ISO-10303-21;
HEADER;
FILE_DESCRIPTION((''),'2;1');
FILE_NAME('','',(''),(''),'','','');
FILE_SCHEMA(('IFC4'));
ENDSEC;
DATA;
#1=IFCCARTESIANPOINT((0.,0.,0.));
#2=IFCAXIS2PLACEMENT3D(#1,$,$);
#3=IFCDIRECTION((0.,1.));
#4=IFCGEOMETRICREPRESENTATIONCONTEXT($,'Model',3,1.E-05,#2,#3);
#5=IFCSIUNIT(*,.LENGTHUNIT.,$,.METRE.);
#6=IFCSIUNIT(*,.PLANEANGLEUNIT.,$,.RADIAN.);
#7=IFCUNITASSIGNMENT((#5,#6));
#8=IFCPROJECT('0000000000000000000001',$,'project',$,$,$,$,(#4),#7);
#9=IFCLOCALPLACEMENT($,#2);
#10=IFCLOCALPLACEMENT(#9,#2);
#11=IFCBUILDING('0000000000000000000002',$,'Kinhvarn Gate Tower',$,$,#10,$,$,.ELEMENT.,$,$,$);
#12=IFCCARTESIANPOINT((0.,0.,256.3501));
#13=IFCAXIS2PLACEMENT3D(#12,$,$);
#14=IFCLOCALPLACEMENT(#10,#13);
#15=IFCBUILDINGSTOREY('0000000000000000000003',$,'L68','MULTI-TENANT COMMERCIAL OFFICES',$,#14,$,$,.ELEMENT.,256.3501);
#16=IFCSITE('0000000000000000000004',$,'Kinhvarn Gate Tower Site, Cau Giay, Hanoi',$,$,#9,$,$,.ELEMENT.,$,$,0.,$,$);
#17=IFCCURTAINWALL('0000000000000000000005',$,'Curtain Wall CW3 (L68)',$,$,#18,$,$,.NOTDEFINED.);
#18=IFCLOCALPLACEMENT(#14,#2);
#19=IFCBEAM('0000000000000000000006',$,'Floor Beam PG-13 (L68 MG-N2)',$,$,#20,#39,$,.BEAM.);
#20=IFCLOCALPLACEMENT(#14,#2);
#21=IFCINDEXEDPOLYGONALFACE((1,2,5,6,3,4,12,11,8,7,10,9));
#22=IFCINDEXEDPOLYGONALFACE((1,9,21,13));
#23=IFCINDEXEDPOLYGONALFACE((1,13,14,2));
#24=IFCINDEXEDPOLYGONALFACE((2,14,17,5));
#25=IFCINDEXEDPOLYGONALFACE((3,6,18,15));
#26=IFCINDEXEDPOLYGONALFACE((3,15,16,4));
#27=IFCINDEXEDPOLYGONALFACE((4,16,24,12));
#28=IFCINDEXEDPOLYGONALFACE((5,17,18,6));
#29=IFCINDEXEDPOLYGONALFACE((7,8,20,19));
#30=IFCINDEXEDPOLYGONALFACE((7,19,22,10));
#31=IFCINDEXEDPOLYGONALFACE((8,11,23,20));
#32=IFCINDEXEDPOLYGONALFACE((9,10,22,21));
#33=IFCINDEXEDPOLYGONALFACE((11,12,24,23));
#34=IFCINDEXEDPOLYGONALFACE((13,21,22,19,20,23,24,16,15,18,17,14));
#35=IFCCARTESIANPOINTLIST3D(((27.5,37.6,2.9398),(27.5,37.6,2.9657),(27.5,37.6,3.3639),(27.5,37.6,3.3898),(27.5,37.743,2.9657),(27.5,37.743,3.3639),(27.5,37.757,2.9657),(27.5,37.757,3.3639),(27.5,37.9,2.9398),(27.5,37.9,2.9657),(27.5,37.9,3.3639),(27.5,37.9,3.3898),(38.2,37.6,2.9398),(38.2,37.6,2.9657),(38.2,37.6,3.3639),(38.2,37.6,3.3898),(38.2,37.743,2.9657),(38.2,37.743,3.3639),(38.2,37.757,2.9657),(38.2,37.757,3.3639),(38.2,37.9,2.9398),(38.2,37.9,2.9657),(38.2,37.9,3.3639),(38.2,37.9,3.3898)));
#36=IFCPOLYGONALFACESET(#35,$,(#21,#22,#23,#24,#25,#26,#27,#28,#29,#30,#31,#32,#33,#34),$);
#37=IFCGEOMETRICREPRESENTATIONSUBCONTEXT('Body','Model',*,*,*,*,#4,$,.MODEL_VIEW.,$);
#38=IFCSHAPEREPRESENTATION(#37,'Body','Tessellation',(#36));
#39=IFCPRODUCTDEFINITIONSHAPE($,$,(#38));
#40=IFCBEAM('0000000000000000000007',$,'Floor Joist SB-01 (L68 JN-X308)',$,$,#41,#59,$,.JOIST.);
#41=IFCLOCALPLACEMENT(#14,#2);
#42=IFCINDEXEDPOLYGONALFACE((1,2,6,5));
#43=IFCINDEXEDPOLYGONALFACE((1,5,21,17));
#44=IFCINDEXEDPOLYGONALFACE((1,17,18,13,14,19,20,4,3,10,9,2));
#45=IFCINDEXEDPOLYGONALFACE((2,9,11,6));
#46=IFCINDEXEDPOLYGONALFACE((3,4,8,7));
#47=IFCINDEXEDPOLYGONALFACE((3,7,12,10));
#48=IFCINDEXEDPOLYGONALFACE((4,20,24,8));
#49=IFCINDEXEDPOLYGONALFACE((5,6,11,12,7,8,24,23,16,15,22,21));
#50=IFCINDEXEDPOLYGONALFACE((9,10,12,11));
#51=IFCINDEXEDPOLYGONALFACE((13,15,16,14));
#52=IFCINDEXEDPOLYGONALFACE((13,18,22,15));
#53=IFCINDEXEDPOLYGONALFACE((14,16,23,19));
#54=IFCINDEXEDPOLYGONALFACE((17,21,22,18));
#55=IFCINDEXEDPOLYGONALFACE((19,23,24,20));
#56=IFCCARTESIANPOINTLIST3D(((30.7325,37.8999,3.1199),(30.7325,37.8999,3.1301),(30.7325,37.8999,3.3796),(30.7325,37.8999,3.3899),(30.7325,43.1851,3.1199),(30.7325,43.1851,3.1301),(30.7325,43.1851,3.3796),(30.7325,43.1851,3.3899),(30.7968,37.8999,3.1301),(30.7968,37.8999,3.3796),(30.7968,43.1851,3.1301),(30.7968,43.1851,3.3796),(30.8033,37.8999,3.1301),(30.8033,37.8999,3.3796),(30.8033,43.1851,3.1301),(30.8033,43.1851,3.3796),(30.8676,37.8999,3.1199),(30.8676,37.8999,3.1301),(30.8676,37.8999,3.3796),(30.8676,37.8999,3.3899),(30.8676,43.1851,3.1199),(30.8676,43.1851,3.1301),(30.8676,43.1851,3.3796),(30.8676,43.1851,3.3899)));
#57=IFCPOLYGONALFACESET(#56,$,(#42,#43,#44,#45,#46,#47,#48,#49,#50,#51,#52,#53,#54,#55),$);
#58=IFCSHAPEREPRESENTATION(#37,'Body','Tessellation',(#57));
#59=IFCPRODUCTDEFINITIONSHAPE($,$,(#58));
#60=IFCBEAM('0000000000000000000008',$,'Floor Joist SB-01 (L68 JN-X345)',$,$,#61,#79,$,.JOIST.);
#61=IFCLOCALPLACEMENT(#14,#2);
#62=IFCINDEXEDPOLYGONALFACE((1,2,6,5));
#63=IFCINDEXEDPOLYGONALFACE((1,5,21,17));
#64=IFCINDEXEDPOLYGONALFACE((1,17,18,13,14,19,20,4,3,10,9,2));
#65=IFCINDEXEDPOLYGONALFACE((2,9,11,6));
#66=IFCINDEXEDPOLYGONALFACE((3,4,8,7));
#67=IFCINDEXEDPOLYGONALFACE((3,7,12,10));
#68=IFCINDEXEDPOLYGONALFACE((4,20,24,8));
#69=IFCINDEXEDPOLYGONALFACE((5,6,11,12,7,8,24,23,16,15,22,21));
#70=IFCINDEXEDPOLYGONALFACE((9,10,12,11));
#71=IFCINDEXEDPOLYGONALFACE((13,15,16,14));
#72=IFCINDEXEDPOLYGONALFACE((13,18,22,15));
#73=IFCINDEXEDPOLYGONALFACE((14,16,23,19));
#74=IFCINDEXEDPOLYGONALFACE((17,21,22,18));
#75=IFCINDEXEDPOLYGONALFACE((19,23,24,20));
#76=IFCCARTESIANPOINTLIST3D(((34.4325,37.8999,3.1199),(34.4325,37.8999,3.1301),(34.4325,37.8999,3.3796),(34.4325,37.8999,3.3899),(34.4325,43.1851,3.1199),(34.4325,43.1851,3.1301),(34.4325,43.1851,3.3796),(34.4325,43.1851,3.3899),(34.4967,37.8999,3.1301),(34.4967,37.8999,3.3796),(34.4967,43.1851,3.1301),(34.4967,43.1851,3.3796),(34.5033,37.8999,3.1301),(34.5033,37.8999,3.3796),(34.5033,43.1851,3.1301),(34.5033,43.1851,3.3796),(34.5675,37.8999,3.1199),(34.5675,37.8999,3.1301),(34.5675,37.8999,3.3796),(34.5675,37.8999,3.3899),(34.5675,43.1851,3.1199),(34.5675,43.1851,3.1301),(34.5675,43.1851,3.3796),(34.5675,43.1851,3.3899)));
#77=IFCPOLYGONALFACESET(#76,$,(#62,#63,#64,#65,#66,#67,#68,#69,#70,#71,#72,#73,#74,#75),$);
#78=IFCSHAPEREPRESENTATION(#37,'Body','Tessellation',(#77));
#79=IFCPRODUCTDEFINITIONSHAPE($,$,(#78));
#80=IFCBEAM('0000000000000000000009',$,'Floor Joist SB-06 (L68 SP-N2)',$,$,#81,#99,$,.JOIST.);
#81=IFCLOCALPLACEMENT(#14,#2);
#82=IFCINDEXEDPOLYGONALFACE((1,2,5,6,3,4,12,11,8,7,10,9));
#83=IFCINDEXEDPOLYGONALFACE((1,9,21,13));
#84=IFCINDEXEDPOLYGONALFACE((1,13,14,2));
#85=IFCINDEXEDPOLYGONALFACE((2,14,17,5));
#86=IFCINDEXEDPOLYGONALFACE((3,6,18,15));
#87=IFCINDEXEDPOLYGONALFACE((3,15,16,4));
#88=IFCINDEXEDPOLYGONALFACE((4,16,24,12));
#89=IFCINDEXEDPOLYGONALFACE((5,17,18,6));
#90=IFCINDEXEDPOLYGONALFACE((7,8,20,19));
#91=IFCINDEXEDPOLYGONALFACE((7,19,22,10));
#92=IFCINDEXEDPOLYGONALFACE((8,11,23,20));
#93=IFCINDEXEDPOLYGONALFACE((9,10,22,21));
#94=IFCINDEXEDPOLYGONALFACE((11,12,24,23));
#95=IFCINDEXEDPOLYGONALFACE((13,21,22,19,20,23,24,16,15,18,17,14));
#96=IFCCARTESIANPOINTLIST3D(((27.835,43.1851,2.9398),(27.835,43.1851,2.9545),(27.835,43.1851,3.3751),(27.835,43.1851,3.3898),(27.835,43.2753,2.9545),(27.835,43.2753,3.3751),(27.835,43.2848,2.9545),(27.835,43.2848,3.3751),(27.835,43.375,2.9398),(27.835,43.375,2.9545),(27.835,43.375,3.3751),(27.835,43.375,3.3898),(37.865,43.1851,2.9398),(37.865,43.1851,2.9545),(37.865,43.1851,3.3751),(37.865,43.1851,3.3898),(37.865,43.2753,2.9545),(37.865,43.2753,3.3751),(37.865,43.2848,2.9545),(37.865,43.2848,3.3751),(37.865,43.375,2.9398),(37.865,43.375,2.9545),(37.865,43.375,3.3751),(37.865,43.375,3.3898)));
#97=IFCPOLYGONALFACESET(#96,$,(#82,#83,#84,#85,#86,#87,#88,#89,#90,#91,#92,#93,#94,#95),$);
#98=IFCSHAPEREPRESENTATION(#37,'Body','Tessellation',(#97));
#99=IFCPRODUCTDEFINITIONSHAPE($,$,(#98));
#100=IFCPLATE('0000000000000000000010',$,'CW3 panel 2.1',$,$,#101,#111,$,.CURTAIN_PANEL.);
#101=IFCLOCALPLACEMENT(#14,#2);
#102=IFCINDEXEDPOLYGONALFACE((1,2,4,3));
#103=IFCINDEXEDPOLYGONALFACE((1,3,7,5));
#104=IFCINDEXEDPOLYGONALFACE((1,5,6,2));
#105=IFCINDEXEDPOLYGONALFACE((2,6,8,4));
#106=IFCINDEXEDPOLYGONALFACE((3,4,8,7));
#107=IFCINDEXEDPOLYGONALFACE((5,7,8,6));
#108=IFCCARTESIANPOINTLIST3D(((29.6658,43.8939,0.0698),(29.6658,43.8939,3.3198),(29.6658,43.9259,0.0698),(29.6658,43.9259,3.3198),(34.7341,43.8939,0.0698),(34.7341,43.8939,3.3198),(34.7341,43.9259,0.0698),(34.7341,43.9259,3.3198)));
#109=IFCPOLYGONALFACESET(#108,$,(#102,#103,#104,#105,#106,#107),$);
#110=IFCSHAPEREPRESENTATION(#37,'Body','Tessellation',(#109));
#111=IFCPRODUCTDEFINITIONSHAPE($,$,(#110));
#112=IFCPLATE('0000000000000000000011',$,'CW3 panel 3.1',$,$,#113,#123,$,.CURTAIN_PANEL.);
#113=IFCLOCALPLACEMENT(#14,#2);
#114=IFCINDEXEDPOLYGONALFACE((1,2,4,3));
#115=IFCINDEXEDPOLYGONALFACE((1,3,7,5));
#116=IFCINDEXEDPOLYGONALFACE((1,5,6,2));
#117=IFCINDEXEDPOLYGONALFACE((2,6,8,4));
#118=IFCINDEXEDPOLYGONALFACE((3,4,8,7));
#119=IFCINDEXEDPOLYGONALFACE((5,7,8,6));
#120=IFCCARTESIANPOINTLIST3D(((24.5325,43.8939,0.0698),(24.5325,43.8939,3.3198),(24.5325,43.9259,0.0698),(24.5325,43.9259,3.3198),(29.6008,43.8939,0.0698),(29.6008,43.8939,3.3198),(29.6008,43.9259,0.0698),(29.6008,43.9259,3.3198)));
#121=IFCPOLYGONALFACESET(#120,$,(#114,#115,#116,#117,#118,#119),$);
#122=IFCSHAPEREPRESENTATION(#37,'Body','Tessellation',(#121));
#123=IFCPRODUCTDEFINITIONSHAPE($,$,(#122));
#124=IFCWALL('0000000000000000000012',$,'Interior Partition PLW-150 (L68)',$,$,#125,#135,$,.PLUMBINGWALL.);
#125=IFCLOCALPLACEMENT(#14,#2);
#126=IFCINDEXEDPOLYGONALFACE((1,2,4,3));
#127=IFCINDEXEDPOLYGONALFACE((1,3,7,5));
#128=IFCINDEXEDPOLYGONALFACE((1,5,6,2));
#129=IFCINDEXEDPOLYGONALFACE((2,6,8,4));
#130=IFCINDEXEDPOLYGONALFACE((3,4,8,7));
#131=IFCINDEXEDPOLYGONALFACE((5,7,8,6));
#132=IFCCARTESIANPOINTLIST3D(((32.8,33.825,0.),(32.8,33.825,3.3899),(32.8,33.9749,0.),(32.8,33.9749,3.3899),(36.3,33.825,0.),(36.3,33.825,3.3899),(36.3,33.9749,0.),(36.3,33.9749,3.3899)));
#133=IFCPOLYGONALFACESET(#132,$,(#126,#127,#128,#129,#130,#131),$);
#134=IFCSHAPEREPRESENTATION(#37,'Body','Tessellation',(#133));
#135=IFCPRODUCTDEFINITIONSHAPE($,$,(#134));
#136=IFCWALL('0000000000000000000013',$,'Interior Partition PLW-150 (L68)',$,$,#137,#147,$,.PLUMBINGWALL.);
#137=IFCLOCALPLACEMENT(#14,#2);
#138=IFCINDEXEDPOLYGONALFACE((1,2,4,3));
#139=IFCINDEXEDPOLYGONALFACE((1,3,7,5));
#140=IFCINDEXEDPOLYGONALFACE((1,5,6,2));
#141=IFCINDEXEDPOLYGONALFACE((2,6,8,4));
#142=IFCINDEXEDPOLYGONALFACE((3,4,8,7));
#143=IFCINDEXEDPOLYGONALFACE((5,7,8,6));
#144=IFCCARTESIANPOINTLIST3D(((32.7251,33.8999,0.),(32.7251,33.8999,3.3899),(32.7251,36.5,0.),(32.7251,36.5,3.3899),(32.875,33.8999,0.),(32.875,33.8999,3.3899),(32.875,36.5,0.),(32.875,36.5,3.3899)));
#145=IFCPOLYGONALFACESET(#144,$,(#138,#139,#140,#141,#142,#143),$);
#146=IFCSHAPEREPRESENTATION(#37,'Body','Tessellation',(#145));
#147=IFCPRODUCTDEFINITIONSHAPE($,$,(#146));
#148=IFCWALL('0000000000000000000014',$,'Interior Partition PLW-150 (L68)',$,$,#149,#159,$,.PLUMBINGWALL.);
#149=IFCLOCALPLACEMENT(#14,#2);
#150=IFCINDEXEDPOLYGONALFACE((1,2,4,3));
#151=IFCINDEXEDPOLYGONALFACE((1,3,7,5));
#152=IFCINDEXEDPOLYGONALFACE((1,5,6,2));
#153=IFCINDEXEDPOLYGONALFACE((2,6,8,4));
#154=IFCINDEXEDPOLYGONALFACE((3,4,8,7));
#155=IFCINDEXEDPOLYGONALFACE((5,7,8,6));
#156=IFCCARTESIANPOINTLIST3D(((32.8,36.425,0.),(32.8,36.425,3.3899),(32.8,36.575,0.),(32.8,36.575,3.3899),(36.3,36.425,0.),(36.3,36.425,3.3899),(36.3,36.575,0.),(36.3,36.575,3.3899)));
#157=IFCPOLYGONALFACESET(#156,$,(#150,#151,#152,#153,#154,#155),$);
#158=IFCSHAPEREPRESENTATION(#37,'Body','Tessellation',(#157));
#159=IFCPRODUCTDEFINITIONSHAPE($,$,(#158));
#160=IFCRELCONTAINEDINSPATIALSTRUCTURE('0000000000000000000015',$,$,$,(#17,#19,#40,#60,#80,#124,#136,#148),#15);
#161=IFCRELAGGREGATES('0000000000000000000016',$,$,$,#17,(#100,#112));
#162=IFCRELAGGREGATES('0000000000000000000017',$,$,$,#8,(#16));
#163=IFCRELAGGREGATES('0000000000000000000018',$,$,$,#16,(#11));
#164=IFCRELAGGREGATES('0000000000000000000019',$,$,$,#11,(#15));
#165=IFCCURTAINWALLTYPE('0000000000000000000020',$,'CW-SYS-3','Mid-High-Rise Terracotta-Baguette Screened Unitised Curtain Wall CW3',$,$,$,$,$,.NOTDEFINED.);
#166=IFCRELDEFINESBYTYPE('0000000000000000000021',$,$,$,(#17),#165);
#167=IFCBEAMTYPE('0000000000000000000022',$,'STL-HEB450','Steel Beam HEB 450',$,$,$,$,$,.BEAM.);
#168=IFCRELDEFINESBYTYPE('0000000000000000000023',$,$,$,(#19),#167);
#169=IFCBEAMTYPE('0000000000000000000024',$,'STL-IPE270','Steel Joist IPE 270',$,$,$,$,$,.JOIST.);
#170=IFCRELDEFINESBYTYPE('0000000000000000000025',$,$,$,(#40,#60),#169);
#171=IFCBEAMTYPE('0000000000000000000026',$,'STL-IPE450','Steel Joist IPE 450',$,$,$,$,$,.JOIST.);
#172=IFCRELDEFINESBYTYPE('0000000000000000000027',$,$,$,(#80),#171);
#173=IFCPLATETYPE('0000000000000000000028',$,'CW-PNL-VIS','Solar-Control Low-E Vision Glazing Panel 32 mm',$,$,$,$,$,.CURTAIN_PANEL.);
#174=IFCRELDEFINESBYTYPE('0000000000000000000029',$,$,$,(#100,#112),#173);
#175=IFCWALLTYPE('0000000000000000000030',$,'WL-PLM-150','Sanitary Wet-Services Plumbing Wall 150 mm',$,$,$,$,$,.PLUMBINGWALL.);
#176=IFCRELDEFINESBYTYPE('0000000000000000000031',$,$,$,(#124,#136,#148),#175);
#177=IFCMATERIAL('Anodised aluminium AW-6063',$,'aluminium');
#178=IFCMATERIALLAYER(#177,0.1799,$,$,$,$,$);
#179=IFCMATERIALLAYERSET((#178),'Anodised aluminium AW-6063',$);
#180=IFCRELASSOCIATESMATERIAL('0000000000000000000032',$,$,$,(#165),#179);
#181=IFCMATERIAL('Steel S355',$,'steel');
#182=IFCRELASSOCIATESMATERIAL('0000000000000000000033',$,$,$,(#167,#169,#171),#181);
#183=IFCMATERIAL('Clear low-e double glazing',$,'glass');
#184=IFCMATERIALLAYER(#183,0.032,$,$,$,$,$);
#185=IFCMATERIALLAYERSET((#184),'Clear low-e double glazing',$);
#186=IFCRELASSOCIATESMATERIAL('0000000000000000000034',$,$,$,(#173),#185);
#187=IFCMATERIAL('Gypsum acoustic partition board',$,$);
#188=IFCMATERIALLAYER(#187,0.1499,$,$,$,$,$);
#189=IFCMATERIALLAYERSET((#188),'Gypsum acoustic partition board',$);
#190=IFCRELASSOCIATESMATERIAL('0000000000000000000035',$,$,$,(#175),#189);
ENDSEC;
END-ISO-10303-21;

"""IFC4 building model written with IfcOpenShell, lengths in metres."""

from ifc_helpers import new_model, si_unit, direction, frame, frame_2d, origin, origin_2d, place, context, subcontext, project, spatial, rectangle, i_section, extrude, material, layer, layer_set, material_profile, profile_set, type_object, element, aggregate, save


model = new_model("IFC4")

# Units and contexts
model_context = context("Model", 3, precision=1e-05, world=origin(), true_north=direction((0.0, 1.0)))
body_context = subcontext(model_context, "Body", "Model", "MODEL_VIEW")
ifc_project = project(units=[si_unit("LENGTHUNIT", "METRE"), si_unit("PLANEANGLEUNIT", "RADIAN")], contexts=[model_context])

# Site, building, storey
site_placement = place(None, origin())
site = spatial("IfcSite", under=ifc_project, at=site_placement, Name="Kinhvarn Gate Tower Site, Cau Giay, Hanoi", CompositionType="ELEMENT", RefElevation=0.0)
building_placement = place(site_placement, origin())
building = spatial("IfcBuilding", under=site, at=building_placement, Name="Kinhvarn Gate Tower", CompositionType="ELEMENT")
storey_placement = place(building_placement, frame((0.0, 0.0, 256.3501)))
storey = spatial("IfcBuildingStorey", under=building, at=storey_placement, Name="L68", Description="MULTI-TENANT COMMERCIAL OFFICES", CompositionType="ELEMENT", Elevation=256.3501)

# Curtain wall
ifc_material_1 = material(Name="Anodised aluminium AW-6063", Category="aluminium")
ifc_layer_1 = layer(ifc_material_1, 0.1799)
ifc_layer_set_1 = layer_set([ifc_layer_1], Name="Anodised aluminium AW-6063")
curtain_wall_type = type_object("IfcCurtainWallType", Name="CW-SYS-3", Description="Mid-High-Rise Terracotta-Baguette Screened Unitised Curtain Wall CW3", PredefinedType="NOTDEFINED", material=ifc_layer_set_1)
curtain_wall_placement = place(storey_placement, origin())
curtain_wall = element("IfcCurtainWall", 1, at=curtain_wall_placement, inside=storey, type_object=curtain_wall_type, Name="Curtain Wall CW3 (L68)", PredefinedType="NOTDEFINED")

# Beams
ifc_material_2 = material(Name="Steel S355", Category="steel")
ifc_material_profile_1 = material_profile(ifc_material_2, i_section(OverallWidth=0.3, OverallDepth=0.45, WebThickness=0.0139, FlangeThickness=0.0259, at=origin_2d()), Name="HEB 450")
ifc_profile_set_1 = profile_set([ifc_material_profile_1], Name="Steel S355")
beam_type_1 = type_object("IfcBeamType", Name="STL-HEB450", Description="Steel Beam HEB 450", PredefinedType="BEAM", material=ifc_profile_set_1)
beam_1_placement = place(storey_placement, frame((27.5, 37.75, 3.1648), z_axis=(1.0, 0.0, 0.0), x_axis=(0.0, 1.0, 0.0)))
element("IfcBeam", 2, at=beam_1_placement, inside=storey, type_object=beam_type_1, Name="Floor Beam PG-13 (L68 MG-N2)", PredefinedType="BEAM", context=body_context, shape_type="SweptSolid", body=[
    extrude(i_section(OverallWidth=0.3, OverallDepth=0.45, WebThickness=0.0139, FlangeThickness=0.0259, at=origin_2d()), origin(), (0.0, 0.0, 1.0), 10.7),
])
ifc_material_profile_2 = material_profile(ifc_material_2, i_section(OverallWidth=0.135, OverallDepth=0.27, WebThickness=0.0066, FlangeThickness=0.0103, at=origin_2d()), Name="IPE 270")
ifc_profile_set_2 = profile_set([ifc_material_profile_2], Name="Steel S355")
beam_type_2 = type_object("IfcBeamType", Name="STL-IPE270", Description="Steel Joist IPE 270", PredefinedType="JOIST", material=ifc_profile_set_2)
for number, where, z_axis, x_axis, name in (
    (3, (30.8, 37.8999, 3.2549), (0.0, 1.0, 0.0), (-1.0, 0.0, 0.0), "Floor Joist SB-01 (L68 JN-X308)"),
    (4, (34.5, 37.8999, 3.2549), (0.0, 1.0, 0.0), (-1.0, 0.0, 0.0), "Floor Joist SB-01 (L68 JN-X345)"),
):
    element("IfcBeam", number, at=place(storey_placement, frame(where, z_axis=z_axis, x_axis=x_axis)), inside=storey, type_object=beam_type_2, Name=name, PredefinedType="JOIST", context=body_context, shape_type="SweptSolid", body=[
        extrude(i_section(OverallWidth=0.135, OverallDepth=0.27, WebThickness=0.0066, FlangeThickness=0.0103, at=origin_2d()), origin(), (0.0, 0.0, 1.0), 5.2852),
    ])
ifc_material_profile_3 = material_profile(ifc_material_2, i_section(OverallWidth=0.1899, OverallDepth=0.45, WebThickness=0.0095, FlangeThickness=0.0146, at=origin_2d()), Name="IPE 450")
ifc_profile_set_3 = profile_set([ifc_material_profile_3], Name="Steel S355")
beam_type_3 = type_object("IfcBeamType", Name="STL-IPE450", Description="Steel Joist IPE 450", PredefinedType="JOIST", material=ifc_profile_set_3)
beam_2_placement = place(storey_placement, frame((27.835, 43.28, 3.1648), z_axis=(1.0, 0.0, 0.0), x_axis=(0.0, 1.0, 0.0)))
element("IfcBeam", 5, at=beam_2_placement, inside=storey, type_object=beam_type_3, Name="Floor Joist SB-06 (L68 SP-N2)", PredefinedType="JOIST", context=body_context, shape_type="SweptSolid", body=[
    extrude(i_section(OverallWidth=0.1899, OverallDepth=0.45, WebThickness=0.0095, FlangeThickness=0.0146, at=origin_2d()), origin(), (0.0, 0.0, 1.0), 10.03),
])

# Plates
ifc_material_3 = material(Name="Clear low-e double glazing", Category="glass")
ifc_layer_2 = layer(ifc_material_3, 0.032)
ifc_layer_set_2 = layer_set([ifc_layer_2], Name="Clear low-e double glazing")
plate_type = type_object("IfcPlateType", Name="CW-PNL-VIS", Description="Solar-Control Low-E Vision Glazing Panel 32 mm", PredefinedType="CURTAIN_PANEL", material=ifc_layer_set_2)
plate_1_placement = place(storey_placement, frame((32.2, 43.9099, 0.0698), z_axis=(0.0, 0.0, 1.0), x_axis=(-1.0, 0.0, 0.0)))
plate_1 = element("IfcPlate", 6, at=plate_1_placement, type_object=plate_type, Name="CW3 panel 2.1", PredefinedType="CURTAIN_PANEL", context=body_context, shape_type="SweptSolid", body=[
    extrude(rectangle(XDim=5.0684, YDim=0.032, at=origin_2d()), origin(), (0.0, 0.0, 1.0), 3.25),
])
plate_2_placement = place(storey_placement, frame((27.0667, 43.9099, 0.0698), z_axis=(0.0, 0.0, 1.0), x_axis=(-1.0, 0.0, 0.0)))
plate_2 = element("IfcPlate", 7, at=plate_2_placement, type_object=plate_type, Name="CW3 panel 3.1", PredefinedType="CURTAIN_PANEL", context=body_context, shape_type="SweptSolid", body=[
    extrude(rectangle(XDim=5.0684, YDim=0.032, at=origin_2d()), origin(), (0.0, 0.0, 1.0), 3.25),
])
aggregate(curtain_wall, [plate_1, plate_2])

# Walls
ifc_material_4 = material(Name="Gypsum acoustic partition board")
ifc_layer_3 = layer(ifc_material_4, 0.1499)
ifc_layer_set_3 = layer_set([ifc_layer_3], Name="Gypsum acoustic partition board")
wall_type_1 = type_object("IfcWallType", Name="WL-PLM-150", Description="Sanitary Wet-Services Plumbing Wall 150 mm", PredefinedType="PLUMBINGWALL", material=ifc_layer_set_3)
wall_1_placement = place(storey_placement, frame((32.8, 33.8999, 0.0), z_axis=(0.0, 0.0, 1.0), x_axis=(1.0, 0.0, 0.0)))
element("IfcWall", 8, at=wall_1_placement, inside=storey, type_object=wall_type_1, Name="Interior Partition PLW-150 (L68)", PredefinedType="PLUMBINGWALL", context=body_context, shape_type="SweptSolid", body=[
    extrude(rectangle(XDim=3.5, YDim=0.1499, at=frame_2d((1.75, 0.0))), origin(), (0.0, 0.0, 1.0), 3.3899),
])
wall_2_placement = place(storey_placement, frame((32.8, 33.8999, 0.0), z_axis=(0.0, 0.0, 1.0), x_axis=(0.0, 1.0, 0.0)))
element("IfcWall", 9, at=wall_2_placement, inside=storey, type_object=wall_type_1, Name="Interior Partition PLW-150 (L68)", PredefinedType="PLUMBINGWALL", context=body_context, shape_type="SweptSolid", body=[
    extrude(rectangle(XDim=2.6001, YDim=0.1499, at=frame_2d((1.3, 0.0))), origin(), (0.0, 0.0, 1.0), 3.3899),
])
wall_3_placement = place(storey_placement, frame((32.8, 36.5, 0.0), z_axis=(0.0, 0.0, 1.0), x_axis=(1.0, 0.0, 0.0)))
element("IfcWall", 10, at=wall_3_placement, inside=storey, type_object=wall_type_1, Name="Interior Partition PLW-150 (L68)", PredefinedType="PLUMBINGWALL", context=body_context, shape_type="SweptSolid", body=[
    extrude(rectangle(XDim=3.5, YDim=0.1499, at=frame_2d((1.75, 0.0))), origin(), (0.0, 0.0, 1.0), 3.3899),
])

save(model, "model.ifc")
